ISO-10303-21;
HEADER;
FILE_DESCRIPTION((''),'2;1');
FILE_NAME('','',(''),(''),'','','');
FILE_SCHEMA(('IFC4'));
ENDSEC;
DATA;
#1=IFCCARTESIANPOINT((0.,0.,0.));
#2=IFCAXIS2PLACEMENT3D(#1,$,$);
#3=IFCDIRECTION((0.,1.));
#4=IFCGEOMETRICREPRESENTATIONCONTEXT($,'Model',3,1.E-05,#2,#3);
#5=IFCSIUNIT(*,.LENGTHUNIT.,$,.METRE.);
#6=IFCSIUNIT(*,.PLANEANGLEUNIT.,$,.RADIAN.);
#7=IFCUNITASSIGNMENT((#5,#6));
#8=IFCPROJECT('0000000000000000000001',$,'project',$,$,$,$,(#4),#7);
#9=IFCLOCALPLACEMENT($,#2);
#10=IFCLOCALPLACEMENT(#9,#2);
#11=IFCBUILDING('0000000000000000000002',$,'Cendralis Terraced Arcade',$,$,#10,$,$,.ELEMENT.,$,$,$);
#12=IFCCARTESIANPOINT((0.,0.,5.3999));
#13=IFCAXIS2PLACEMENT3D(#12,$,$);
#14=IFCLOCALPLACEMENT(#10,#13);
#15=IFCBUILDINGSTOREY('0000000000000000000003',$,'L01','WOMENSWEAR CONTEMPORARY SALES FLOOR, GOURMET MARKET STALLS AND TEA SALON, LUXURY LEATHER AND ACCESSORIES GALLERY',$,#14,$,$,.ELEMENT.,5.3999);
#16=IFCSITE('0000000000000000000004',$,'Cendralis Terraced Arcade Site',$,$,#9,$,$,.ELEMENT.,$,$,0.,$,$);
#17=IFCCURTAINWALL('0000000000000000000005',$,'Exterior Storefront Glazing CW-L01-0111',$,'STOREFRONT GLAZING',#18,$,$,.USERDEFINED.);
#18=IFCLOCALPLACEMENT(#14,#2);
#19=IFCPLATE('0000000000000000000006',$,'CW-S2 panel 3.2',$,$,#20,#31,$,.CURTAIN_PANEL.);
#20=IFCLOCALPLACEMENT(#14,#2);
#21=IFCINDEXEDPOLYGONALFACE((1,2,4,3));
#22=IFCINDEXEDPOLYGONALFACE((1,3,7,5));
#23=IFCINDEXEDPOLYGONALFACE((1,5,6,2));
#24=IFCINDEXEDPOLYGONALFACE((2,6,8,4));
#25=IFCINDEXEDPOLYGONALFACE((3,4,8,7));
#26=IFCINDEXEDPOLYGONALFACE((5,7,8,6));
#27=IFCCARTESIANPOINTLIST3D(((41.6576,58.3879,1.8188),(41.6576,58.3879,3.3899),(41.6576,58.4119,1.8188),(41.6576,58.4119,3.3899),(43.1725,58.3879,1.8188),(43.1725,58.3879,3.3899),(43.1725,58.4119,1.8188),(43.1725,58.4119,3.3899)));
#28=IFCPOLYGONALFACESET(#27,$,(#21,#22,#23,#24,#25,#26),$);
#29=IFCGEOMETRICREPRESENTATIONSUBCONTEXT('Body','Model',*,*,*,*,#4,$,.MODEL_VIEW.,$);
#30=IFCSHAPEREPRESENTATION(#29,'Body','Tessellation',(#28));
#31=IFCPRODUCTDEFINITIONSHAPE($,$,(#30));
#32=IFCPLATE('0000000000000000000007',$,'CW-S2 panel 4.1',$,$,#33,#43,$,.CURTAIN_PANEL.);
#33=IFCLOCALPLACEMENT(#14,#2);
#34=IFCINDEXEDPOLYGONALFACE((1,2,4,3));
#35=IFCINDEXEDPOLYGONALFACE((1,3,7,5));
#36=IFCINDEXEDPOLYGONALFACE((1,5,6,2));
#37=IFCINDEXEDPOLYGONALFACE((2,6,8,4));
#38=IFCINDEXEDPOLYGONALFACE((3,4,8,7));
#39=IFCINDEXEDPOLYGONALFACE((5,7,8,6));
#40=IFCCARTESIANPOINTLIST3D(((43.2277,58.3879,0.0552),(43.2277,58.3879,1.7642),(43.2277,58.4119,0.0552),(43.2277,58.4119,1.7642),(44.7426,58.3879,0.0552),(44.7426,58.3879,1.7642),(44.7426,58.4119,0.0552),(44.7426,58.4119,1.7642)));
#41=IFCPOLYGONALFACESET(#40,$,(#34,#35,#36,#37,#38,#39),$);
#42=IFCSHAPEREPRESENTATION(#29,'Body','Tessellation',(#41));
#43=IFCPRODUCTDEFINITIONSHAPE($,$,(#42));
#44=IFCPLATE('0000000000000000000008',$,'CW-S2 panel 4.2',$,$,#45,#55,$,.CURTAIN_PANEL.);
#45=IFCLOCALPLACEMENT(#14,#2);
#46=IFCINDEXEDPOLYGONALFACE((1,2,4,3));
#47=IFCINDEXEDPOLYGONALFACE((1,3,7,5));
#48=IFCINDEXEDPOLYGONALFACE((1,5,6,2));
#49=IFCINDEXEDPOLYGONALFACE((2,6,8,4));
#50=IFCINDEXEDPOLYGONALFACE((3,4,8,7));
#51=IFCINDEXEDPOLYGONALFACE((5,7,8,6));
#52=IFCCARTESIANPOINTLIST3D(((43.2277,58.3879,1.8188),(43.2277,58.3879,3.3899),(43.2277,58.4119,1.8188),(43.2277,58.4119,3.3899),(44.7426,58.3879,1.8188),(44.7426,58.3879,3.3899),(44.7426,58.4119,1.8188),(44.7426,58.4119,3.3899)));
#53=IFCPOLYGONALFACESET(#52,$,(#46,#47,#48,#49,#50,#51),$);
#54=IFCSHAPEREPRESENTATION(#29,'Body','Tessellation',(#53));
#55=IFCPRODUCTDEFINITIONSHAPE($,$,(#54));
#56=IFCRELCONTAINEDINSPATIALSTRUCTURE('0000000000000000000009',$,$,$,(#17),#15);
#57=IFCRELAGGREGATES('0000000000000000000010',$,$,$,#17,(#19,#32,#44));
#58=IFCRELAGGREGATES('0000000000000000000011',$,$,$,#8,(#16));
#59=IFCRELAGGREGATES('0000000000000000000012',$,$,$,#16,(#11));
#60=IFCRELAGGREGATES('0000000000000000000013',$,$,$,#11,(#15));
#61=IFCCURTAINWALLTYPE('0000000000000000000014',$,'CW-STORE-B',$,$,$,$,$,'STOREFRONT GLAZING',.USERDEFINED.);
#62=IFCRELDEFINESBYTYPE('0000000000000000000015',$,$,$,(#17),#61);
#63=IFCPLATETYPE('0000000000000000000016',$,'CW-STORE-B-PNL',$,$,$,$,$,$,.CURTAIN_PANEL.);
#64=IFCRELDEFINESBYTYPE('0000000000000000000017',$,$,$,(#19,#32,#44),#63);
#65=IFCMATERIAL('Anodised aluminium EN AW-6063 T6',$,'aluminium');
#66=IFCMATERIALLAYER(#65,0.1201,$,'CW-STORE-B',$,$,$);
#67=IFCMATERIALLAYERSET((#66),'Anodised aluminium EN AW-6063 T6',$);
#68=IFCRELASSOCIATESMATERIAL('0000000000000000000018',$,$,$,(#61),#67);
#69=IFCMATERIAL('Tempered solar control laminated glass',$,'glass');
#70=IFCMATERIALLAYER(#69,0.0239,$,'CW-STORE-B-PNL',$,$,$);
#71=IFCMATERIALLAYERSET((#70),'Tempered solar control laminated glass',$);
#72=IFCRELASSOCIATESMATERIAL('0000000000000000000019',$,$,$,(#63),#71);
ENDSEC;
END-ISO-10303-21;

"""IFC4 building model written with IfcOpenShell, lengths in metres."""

from ifc_helpers import new_model, si_unit, direction, frame, origin, origin_2d, place, context, subcontext, project, spatial, rectangle, extrude, material, layer, layer_set, type_object, element, aggregate, save


model = new_model("IFC4")

# Units and contexts
model_context = context("Model", 3, precision=1e-05, world=origin(), true_north=direction((0.0, 1.0)))
body_context = subcontext(model_context, "Body", "Model", "MODEL_VIEW")
ifc_project = project(units=[si_unit("LENGTHUNIT", "METRE"), si_unit("PLANEANGLEUNIT", "RADIAN")], contexts=[model_context])

# Site, building, storey
site_placement = place(None, origin())
site = spatial("IfcSite", under=ifc_project, at=site_placement, Name="Cendralis Terraced Arcade Site", CompositionType="ELEMENT", RefElevation=0.0)
building_placement = place(site_placement, origin())
building = spatial("IfcBuilding", under=site, at=building_placement, Name="Cendralis Terraced Arcade", CompositionType="ELEMENT")
storey_placement = place(building_placement, frame((0.0, 0.0, 5.3999)))
storey = spatial("IfcBuildingStorey", under=building, at=storey_placement, Name="L01", Description="WOMENSWEAR CONTEMPORARY SALES FLOOR, GOURMET MARKET STALLS AND TEA SALON, LUXURY LEATHER AND ACCESSORIES GALLERY", CompositionType="ELEMENT", Elevation=5.3999)

# Curtain wall, plates
ifc_material_1 = material(Name="Anodised aluminium EN AW-6063 T6", Category="aluminium")
ifc_layer_1 = layer(ifc_material_1, 0.1201, Name="CW-STORE-B")
ifc_layer_set_1 = layer_set([ifc_layer_1], Name="Anodised aluminium EN AW-6063 T6")
curtain_wall_type = type_object("IfcCurtainWallType", Name="CW-STORE-B", ElementType="STOREFRONT GLAZING", PredefinedType="USERDEFINED", material=ifc_layer_set_1)
curtain_wall_placement = place(storey_placement, origin())
curtain_wall = element("IfcCurtainWall", 1, at=curtain_wall_placement, inside=storey, type_object=curtain_wall_type, Name="Exterior Storefront Glazing CW-L01-0111", ObjectType="STOREFRONT GLAZING", PredefinedType="USERDEFINED")
ifc_material_2 = material(Name="Tempered solar control laminated glass", Category="glass")
ifc_layer_2 = layer(ifc_material_2, 0.0239, Name="CW-STORE-B-PNL")
ifc_layer_set_2 = layer_set([ifc_layer_2], Name="Tempered solar control laminated glass")
plate_type = type_object("IfcPlateType", Name="CW-STORE-B-PNL", PredefinedType="CURTAIN_PANEL", material=ifc_layer_set_2)
plate_1_placement = place(storey_placement, frame((42.415, 58.3999, 1.8188), z_axis=(0.0, 0.0, 1.0), x_axis=(1.0, 0.0, 0.0)))
plate_1 = element("IfcPlate", 2, at=plate_1_placement, type_object=plate_type, Name="CW-S2 panel 3.2", PredefinedType="CURTAIN_PANEL", context=body_context, shape_type="SweptSolid", body=[
    extrude(rectangle(XDim=1.5149, YDim=0.0239, at=origin_2d()), origin(), (0.0, 0.0, 1.0), 1.571),
])
plate_2_placement = place(storey_placement, frame((43.9851, 58.3999, 0.0552), z_axis=(0.0, 0.0, 1.0), x_axis=(1.0, 0.0, 0.0)))
plate_2 = element("IfcPlate", 3, at=plate_2_placement, type_object=plate_type, Name="CW-S2 panel 4.1", PredefinedType="CURTAIN_PANEL", context=body_context, shape_type="SweptSolid", body=[
    extrude(rectangle(XDim=1.5149, YDim=0.0239, at=origin_2d()), origin(), (0.0, 0.0, 1.0), 1.709),
])
plate_3_placement = place(storey_placement, frame((43.9851, 58.3999, 1.8188), z_axis=(0.0, 0.0, 1.0), x_axis=(1.0, 0.0, 0.0)))
plate_3 = element("IfcPlate", 4, at=plate_3_placement, type_object=plate_type, Name="CW-S2 panel 4.2", PredefinedType="CURTAIN_PANEL", context=body_context, shape_type="SweptSolid", body=[
    extrude(rectangle(XDim=1.5149, YDim=0.0239, at=origin_2d()), origin(), (0.0, 0.0, 1.0), 1.571),
])
aggregate(curtain_wall, [plate_1, plate_2, plate_3])

save(model, "model.ifc")
